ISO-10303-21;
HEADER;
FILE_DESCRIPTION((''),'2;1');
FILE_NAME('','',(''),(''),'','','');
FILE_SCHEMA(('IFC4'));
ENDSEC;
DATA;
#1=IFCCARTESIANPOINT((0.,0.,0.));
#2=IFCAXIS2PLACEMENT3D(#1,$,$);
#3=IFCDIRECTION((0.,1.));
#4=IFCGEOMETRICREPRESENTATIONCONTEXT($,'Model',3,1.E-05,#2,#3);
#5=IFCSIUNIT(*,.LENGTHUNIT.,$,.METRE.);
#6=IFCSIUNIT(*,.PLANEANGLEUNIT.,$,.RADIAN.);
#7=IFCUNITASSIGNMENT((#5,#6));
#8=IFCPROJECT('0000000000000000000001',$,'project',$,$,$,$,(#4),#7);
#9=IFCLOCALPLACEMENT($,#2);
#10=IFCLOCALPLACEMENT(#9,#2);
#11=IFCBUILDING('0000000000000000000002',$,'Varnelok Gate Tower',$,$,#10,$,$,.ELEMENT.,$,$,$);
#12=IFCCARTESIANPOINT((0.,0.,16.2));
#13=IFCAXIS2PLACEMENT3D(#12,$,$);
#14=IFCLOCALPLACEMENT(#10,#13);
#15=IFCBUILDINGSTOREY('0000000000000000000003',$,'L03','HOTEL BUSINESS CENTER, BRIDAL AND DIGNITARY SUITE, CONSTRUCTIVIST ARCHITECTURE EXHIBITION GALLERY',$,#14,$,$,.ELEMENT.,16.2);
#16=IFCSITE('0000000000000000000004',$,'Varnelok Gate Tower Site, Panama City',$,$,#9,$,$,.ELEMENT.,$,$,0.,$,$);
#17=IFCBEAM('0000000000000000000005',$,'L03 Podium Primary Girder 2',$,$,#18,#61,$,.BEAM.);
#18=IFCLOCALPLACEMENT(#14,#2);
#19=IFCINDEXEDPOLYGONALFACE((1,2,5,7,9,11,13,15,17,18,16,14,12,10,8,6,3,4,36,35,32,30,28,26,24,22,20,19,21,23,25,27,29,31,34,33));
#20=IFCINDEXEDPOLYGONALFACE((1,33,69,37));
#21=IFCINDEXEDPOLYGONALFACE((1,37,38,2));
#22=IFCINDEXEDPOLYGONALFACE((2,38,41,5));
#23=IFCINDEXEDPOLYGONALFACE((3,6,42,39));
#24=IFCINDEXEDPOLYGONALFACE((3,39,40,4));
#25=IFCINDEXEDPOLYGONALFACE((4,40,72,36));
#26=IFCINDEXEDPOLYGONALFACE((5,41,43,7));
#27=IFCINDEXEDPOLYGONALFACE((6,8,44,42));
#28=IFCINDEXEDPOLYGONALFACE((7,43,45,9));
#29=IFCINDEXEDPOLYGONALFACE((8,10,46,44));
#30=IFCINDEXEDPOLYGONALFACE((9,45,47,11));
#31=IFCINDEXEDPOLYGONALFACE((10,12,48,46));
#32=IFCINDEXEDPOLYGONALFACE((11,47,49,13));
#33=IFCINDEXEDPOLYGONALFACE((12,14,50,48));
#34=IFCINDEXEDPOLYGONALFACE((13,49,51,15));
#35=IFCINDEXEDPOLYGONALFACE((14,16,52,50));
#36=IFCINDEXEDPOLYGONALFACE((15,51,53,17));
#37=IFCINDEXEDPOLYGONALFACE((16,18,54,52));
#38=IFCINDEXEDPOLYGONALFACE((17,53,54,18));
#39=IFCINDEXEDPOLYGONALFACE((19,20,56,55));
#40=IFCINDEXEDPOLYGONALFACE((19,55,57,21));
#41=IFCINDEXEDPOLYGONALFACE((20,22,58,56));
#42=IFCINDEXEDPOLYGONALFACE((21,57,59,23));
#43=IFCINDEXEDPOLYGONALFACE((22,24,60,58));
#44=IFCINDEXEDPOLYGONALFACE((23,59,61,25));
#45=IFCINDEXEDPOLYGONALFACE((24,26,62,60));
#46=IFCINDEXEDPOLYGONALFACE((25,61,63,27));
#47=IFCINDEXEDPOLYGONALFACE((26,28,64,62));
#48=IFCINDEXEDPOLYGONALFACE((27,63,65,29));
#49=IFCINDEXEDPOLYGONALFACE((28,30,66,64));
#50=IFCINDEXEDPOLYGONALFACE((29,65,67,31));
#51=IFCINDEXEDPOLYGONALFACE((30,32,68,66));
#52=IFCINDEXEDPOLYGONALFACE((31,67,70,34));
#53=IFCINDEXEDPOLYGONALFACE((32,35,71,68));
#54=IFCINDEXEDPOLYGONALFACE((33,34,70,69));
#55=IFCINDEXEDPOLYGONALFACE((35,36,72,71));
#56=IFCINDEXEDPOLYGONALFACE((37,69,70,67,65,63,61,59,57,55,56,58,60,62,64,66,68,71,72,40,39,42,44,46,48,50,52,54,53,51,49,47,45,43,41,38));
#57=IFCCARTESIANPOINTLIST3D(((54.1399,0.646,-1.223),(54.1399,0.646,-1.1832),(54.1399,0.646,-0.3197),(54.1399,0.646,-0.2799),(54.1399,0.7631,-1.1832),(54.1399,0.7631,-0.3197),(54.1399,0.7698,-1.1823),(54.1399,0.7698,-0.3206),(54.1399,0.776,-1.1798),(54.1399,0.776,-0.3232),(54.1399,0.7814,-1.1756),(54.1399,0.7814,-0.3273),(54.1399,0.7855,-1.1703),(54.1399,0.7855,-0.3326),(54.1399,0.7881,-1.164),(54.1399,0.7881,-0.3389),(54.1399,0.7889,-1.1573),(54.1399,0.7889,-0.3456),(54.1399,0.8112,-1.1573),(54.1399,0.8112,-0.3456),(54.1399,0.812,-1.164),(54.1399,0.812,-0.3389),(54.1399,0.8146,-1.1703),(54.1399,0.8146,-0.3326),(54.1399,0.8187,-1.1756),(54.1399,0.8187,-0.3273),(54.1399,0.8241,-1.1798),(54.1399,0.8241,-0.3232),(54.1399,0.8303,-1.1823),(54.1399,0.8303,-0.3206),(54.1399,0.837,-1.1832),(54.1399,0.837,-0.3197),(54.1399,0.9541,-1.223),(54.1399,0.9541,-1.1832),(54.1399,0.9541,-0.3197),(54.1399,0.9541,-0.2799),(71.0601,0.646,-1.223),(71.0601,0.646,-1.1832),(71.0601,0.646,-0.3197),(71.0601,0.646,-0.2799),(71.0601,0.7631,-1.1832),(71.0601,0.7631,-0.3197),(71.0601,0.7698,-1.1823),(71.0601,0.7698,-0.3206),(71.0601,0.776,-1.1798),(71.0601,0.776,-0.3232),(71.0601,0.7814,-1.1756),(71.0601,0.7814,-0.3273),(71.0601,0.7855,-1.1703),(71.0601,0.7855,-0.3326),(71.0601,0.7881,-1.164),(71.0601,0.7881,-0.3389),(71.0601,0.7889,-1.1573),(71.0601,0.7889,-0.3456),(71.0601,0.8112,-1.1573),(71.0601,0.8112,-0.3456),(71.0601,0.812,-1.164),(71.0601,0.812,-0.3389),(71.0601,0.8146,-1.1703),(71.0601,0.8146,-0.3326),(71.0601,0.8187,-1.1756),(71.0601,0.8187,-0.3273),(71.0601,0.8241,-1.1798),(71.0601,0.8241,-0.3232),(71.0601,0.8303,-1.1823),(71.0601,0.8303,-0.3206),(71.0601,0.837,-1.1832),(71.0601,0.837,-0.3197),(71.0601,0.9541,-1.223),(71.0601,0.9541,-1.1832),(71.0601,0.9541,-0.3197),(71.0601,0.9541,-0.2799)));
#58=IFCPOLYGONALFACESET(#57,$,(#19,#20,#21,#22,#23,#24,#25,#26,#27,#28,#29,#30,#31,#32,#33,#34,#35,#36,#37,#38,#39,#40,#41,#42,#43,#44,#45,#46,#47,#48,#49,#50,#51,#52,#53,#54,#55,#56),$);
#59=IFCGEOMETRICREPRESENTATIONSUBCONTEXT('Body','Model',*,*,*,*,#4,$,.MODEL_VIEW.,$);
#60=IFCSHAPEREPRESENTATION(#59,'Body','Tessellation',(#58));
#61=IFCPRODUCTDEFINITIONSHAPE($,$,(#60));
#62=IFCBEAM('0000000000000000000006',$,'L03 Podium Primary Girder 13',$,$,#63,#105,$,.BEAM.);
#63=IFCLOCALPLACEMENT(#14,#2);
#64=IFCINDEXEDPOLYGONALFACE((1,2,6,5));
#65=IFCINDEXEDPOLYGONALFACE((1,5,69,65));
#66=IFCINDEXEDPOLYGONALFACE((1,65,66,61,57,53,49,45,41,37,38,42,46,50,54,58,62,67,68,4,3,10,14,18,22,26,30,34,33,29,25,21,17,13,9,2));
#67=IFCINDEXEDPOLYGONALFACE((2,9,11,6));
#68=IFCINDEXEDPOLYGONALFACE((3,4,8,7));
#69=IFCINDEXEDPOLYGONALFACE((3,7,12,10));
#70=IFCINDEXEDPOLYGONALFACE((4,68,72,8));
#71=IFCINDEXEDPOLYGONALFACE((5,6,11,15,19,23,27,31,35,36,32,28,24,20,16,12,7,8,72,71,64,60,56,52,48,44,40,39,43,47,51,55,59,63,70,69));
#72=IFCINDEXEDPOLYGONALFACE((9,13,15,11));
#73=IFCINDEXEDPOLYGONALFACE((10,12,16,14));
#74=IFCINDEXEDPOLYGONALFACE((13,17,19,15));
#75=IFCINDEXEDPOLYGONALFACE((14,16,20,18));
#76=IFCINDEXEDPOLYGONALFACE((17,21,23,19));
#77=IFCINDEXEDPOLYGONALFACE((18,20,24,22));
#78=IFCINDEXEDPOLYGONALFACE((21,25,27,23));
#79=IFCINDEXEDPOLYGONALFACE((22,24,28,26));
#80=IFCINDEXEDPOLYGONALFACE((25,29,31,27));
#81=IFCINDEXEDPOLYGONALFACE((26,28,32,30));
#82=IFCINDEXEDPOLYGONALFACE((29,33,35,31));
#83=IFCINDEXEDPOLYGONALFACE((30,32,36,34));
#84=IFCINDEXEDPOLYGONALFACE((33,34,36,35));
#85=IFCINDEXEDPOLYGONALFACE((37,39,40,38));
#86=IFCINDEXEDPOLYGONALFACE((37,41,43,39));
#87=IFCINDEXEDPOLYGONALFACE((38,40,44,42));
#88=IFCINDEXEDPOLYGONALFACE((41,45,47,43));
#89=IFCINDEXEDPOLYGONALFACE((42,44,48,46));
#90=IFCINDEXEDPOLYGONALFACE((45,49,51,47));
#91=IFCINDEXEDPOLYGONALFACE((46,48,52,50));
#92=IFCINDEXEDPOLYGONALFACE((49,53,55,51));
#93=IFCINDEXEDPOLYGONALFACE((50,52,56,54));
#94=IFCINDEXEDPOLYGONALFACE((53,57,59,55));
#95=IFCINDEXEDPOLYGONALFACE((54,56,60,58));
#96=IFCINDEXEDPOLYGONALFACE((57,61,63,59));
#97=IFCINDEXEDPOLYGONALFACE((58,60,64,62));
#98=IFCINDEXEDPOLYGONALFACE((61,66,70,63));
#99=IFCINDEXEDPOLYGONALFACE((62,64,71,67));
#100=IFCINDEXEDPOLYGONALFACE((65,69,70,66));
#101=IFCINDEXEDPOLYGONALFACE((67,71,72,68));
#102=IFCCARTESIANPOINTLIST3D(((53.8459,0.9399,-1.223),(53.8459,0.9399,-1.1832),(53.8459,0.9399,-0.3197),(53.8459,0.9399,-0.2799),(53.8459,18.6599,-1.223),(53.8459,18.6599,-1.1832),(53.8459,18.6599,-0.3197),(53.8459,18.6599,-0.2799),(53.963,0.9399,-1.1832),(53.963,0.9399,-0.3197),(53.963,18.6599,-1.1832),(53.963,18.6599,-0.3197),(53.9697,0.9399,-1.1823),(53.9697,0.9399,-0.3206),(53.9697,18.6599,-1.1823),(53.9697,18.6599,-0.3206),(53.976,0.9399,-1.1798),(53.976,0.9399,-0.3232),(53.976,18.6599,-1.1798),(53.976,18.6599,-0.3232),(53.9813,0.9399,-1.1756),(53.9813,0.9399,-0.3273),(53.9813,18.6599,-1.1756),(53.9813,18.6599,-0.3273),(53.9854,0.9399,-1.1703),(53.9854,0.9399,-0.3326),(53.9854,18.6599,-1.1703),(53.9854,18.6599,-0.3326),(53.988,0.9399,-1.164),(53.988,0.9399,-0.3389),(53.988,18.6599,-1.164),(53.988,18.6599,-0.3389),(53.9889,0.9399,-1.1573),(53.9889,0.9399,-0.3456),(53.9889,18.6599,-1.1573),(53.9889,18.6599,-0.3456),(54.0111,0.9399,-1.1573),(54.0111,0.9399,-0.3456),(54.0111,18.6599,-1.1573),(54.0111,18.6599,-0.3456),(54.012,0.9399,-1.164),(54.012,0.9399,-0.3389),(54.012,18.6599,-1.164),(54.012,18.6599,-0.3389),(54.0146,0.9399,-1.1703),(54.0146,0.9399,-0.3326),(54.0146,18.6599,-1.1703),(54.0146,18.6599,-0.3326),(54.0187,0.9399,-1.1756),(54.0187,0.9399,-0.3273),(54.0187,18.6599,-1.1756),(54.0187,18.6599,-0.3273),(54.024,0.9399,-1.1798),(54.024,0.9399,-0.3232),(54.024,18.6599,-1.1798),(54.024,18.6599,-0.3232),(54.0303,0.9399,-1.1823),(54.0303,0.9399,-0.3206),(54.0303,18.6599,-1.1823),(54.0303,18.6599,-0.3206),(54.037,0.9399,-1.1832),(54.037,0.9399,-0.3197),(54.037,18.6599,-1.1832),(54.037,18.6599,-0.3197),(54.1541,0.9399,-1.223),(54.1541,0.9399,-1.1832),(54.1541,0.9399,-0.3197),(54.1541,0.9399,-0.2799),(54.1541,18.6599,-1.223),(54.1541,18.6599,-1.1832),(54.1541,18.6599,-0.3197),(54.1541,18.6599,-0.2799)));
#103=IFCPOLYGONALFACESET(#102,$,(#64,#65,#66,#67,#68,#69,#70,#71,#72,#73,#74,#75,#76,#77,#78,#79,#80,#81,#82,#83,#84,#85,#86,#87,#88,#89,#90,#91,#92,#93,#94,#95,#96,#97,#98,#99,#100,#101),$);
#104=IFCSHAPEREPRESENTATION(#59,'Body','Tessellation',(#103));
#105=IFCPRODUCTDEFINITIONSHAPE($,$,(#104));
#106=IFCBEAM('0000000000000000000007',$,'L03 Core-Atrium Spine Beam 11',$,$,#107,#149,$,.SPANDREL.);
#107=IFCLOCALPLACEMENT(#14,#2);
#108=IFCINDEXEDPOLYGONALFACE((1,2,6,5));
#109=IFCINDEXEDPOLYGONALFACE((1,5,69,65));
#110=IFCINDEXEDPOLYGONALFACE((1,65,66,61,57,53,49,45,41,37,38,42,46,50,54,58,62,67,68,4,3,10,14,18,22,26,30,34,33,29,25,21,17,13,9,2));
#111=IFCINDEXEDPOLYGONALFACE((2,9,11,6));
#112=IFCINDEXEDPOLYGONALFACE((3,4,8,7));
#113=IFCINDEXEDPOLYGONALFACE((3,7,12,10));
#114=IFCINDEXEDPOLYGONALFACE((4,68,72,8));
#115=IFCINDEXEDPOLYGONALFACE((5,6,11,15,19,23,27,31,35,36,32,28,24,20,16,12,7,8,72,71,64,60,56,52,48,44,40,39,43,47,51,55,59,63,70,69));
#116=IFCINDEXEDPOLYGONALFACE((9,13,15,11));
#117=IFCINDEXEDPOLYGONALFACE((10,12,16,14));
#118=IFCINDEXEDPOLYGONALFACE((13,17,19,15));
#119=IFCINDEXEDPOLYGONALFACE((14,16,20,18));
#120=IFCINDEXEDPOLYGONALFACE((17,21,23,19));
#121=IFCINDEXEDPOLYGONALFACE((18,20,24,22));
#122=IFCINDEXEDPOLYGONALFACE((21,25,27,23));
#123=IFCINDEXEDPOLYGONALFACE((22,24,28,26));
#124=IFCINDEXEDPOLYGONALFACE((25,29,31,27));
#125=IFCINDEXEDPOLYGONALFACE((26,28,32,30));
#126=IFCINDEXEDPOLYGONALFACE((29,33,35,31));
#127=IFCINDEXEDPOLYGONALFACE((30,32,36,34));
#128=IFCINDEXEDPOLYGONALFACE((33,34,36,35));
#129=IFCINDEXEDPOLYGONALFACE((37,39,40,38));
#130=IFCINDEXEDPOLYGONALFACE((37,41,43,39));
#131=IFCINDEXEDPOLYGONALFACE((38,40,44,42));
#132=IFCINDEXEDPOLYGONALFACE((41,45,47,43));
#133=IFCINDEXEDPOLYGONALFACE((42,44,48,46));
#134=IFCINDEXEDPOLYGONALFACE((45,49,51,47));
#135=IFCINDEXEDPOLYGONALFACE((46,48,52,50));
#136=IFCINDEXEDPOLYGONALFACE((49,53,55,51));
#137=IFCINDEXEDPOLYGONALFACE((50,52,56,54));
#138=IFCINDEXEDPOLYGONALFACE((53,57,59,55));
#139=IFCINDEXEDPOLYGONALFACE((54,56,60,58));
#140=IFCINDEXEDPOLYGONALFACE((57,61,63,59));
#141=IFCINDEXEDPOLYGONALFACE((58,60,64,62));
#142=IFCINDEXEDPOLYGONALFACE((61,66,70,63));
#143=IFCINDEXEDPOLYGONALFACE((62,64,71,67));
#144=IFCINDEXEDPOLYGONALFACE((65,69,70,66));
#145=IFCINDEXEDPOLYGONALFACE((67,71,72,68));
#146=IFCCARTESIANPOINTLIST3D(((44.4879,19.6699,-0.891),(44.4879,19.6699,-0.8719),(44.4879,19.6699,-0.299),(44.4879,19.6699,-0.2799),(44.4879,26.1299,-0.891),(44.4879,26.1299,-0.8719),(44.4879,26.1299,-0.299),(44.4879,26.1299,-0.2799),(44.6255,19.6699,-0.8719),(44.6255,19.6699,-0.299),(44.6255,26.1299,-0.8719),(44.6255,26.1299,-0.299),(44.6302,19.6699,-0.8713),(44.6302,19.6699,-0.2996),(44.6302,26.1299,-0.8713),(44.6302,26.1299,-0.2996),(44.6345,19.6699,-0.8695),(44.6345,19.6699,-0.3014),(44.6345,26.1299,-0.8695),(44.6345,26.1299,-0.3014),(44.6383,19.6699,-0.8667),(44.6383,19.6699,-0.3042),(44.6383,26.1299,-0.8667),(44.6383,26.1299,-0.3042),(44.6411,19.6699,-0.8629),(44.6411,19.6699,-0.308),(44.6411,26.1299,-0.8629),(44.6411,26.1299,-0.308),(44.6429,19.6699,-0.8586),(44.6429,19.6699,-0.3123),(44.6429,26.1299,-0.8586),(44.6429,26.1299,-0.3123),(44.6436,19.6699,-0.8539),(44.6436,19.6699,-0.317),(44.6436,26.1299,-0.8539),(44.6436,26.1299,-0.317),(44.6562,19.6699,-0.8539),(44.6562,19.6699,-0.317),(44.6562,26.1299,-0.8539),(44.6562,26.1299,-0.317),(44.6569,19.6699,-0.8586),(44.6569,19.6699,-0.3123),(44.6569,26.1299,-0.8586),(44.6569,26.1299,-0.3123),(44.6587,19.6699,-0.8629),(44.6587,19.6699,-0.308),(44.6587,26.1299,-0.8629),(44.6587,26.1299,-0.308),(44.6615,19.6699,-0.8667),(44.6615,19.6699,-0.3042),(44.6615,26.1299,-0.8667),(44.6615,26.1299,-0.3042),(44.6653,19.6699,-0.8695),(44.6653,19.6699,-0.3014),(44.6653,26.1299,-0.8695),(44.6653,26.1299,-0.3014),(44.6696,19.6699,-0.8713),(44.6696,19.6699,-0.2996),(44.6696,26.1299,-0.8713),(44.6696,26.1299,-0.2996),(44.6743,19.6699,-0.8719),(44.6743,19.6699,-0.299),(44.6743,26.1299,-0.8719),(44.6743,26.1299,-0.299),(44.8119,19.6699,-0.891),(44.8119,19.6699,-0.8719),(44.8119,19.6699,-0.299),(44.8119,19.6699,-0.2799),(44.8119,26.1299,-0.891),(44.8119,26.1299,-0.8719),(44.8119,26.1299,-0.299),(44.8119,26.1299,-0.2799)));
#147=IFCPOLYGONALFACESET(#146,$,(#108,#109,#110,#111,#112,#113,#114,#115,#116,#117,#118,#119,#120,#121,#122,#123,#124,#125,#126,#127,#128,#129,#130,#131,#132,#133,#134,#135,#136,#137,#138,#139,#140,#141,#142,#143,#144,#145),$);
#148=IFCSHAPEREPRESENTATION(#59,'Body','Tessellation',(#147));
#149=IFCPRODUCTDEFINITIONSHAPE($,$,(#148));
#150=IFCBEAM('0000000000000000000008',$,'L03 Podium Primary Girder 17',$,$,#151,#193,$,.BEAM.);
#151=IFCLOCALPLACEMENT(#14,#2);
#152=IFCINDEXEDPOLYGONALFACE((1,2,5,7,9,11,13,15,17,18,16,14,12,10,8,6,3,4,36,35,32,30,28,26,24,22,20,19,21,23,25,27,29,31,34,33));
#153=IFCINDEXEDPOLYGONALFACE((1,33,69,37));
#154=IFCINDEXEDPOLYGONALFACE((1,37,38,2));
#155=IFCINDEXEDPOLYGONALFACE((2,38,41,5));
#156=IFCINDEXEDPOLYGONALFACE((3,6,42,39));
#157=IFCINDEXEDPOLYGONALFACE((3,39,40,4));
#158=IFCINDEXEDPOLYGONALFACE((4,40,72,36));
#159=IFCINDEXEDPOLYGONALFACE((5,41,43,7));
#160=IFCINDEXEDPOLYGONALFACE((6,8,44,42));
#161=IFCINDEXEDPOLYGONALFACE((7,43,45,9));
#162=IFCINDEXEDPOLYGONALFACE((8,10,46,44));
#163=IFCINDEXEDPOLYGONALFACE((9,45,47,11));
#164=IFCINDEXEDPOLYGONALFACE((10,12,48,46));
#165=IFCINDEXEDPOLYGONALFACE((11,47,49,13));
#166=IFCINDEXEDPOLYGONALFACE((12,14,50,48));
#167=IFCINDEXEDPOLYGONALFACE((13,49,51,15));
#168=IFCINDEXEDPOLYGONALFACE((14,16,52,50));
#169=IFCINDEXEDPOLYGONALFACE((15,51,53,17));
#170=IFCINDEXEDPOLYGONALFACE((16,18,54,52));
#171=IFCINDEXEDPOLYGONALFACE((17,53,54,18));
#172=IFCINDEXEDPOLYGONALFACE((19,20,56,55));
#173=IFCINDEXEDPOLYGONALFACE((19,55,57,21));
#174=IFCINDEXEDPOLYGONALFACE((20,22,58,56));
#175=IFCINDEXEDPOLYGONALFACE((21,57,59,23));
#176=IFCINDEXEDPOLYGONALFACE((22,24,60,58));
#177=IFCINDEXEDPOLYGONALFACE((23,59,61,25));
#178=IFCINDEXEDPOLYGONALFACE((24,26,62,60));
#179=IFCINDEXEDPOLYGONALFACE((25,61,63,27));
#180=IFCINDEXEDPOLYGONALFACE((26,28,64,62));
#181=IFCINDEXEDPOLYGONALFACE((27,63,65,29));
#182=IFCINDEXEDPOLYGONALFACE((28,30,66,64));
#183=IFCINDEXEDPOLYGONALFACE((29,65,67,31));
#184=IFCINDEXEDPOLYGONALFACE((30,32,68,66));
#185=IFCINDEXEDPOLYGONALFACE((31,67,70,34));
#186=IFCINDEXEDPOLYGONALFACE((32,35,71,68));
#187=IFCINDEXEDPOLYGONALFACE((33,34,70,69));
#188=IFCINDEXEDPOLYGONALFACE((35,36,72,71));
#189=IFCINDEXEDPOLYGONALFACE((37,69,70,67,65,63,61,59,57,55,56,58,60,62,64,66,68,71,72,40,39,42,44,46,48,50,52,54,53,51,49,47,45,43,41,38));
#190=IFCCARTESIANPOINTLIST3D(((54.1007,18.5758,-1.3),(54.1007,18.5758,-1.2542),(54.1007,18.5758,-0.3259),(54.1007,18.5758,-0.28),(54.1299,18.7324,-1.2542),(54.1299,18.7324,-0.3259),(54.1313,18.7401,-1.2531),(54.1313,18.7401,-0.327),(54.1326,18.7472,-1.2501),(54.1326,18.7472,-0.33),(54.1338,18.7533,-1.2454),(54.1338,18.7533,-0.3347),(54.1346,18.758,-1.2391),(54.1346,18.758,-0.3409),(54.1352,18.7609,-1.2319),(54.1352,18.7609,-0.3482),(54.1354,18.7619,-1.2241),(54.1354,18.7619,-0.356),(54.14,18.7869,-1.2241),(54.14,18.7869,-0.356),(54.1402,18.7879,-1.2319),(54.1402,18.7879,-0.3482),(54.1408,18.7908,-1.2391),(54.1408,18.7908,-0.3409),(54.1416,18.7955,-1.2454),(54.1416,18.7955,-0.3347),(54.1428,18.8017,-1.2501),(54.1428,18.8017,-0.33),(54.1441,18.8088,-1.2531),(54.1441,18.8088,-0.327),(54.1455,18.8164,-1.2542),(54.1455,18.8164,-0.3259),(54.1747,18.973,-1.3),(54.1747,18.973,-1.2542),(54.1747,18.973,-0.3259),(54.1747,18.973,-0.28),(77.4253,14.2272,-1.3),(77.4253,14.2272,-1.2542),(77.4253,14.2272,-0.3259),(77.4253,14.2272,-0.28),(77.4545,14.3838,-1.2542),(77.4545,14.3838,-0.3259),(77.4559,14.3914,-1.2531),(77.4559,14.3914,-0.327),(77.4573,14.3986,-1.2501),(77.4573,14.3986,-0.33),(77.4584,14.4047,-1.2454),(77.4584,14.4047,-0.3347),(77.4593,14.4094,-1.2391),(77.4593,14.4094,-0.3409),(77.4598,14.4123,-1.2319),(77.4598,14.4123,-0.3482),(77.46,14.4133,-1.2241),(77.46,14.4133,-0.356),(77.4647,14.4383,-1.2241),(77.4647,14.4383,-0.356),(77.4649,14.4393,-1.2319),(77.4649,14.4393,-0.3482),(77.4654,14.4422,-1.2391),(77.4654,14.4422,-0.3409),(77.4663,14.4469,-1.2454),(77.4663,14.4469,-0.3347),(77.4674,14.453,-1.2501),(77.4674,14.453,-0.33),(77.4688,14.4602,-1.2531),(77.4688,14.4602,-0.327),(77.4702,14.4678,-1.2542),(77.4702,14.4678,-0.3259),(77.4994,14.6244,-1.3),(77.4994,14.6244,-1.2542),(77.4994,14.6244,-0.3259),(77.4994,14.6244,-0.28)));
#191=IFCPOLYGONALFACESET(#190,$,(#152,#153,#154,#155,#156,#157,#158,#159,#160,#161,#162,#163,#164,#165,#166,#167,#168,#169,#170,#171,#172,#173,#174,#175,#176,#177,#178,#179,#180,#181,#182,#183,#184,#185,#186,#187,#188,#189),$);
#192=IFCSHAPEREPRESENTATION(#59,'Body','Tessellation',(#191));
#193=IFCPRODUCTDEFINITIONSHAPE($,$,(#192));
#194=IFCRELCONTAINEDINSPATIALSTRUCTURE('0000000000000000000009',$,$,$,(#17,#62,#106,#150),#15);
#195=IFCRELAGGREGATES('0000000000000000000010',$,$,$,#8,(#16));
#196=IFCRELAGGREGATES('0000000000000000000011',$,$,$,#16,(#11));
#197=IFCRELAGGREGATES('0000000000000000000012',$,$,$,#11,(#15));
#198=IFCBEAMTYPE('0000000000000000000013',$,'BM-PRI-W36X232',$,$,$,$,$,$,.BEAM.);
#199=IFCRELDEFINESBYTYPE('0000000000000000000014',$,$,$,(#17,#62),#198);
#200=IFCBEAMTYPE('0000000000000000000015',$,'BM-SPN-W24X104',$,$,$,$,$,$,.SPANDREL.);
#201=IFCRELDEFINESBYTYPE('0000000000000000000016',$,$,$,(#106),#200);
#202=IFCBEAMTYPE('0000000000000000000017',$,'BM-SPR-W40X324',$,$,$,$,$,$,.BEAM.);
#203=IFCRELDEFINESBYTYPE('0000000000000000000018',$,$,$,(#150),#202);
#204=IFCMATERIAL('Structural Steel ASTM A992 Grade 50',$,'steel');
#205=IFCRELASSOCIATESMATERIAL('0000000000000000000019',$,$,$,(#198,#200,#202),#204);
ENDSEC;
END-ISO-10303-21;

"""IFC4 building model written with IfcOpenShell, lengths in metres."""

from ifc_helpers import new_model, si_unit, direction, frame, origin, origin_2d, place, context, subcontext, project, spatial, i_section, extrude, material, material_profile, profile_set, type_object, element, save


model = new_model("IFC4")

# Units and contexts
model_context = context("Model", 3, precision=1e-05, world=origin(), true_north=direction((0.0, 1.0)))
body_context = subcontext(model_context, "Body", "Model", "MODEL_VIEW")
ifc_project = project(units=[si_unit("LENGTHUNIT", "METRE"), si_unit("PLANEANGLEUNIT", "RADIAN")], contexts=[model_context])

# Site, building, storey
site_placement = place(None, origin())
site = spatial("IfcSite", under=ifc_project, at=site_placement, Name="Varnelok Gate Tower Site, Panama City", CompositionType="ELEMENT", RefElevation=0.0)
building_placement = place(site_placement, origin())
building = spatial("IfcBuilding", under=site, at=building_placement, Name="Varnelok Gate Tower", CompositionType="ELEMENT")
storey_placement = place(building_placement, frame((0.0, 0.0, 16.2)))
storey = spatial("IfcBuildingStorey", under=building, at=storey_placement, Name="L03", Description="HOTEL BUSINESS CENTER, BRIDAL AND DIGNITARY SUITE, CONSTRUCTIVIST ARCHITECTURE EXHIBITION GALLERY", CompositionType="ELEMENT", Elevation=16.2)

# Shared definitions
ifc_material_1 = material(Name="Structural Steel ASTM A992 Grade 50", Category="steel")

# Beams
ifc_material_profile_1 = material_profile(ifc_material_1, i_section(OverallWidth=0.3081, OverallDepth=0.9431, WebThickness=0.0222, FlangeThickness=0.0398, FilletRadius=0.0259, at=origin_2d()), Name="W36X232")
ifc_profile_set_1 = profile_set([ifc_material_profile_1], Name="Structural Steel ASTM A992 Grade 50")
beam_type_1 = type_object("IfcBeamType", Name="BM-PRI-W36X232", PredefinedType="BEAM", material=ifc_profile_set_1)
beam_1_placement = place(storey_placement, frame((54.1399, 0.8, -0.7515), z_axis=(1.0, 0.0, 0.0), x_axis=(0.0, 1.0, 0.0)))
element("IfcBeam", 1, at=beam_1_placement, inside=storey, type_object=beam_type_1, Name="L03 Podium Primary Girder 2", PredefinedType="BEAM", context=body_context, shape_type="SweptSolid", body=[
    extrude(i_section(OverallWidth=0.3081, OverallDepth=0.9431, WebThickness=0.0222, FlangeThickness=0.0398, FilletRadius=0.0259, at=origin_2d()), origin(), (0.0, 0.0, 1.0), 16.9202),
])
beam_2_placement = place(storey_placement, frame((54.0, 0.9399, -0.7515), z_axis=(0.0, 1.0, 0.0), x_axis=(-1.0, 0.0, 0.0)))
element("IfcBeam", 2, at=beam_2_placement, inside=storey, type_object=beam_type_1, Name="L03 Podium Primary Girder 13", PredefinedType="BEAM", context=body_context, shape_type="SweptSolid", body=[
    extrude(i_section(OverallWidth=0.3081, OverallDepth=0.9431, WebThickness=0.0222, FlangeThickness=0.0398, FilletRadius=0.0259, at=origin_2d()), origin(), (0.0, 0.0, 1.0), 17.72),
])
ifc_material_profile_2 = material_profile(ifc_material_1, i_section(OverallWidth=0.324, OverallDepth=0.6111, WebThickness=0.0127, FlangeThickness=0.019, FilletRadius=0.0181, at=origin_2d()), Name="W24X104")
ifc_profile_set_2 = profile_set([ifc_material_profile_2], Name="Structural Steel ASTM A992 Grade 50")
beam_type_2 = type_object("IfcBeamType", Name="BM-SPN-W24X104", PredefinedType="SPANDREL", material=ifc_profile_set_2)
beam_3_placement = place(storey_placement, frame((44.6499, 19.6699, -0.5854), z_axis=(0.0, 1.0, 0.0), x_axis=(-1.0, 0.0, 0.0)))
element("IfcBeam", 3, at=beam_3_placement, inside=storey, type_object=beam_type_2, Name="L03 Core-Atrium Spine Beam 11", PredefinedType="SPANDREL", context=body_context, shape_type="SweptSolid", body=[
    extrude(i_section(OverallWidth=0.324, OverallDepth=0.6111, WebThickness=0.0127, FlangeThickness=0.019, FilletRadius=0.0181, at=origin_2d()), origin(), (0.0, 0.0, 1.0), 6.46),
])
ifc_material_profile_3 = material_profile(ifc_material_1, i_section(OverallWidth=0.4041, OverallDepth=1.02, WebThickness=0.0254, FlangeThickness=0.0459, FilletRadius=0.03, at=origin_2d()), Name="W40X324")
ifc_profile_set_3 = profile_set([ifc_material_profile_3], Name="Structural Steel ASTM A992 Grade 50")
beam_type_3 = type_object("IfcBeamType", Name="BM-SPR-W40X324", PredefinedType="BEAM", material=ifc_profile_set_3)
beam_4_placement = place(storey_placement, frame((54.1377, 18.7744, -0.79), z_axis=(0.983061, -0.183281, 0.0), x_axis=(0.183281, 0.983061, 0.0)))
element("IfcBeam", 4, at=beam_4_placement, inside=storey, type_object=beam_type_3, Name="L03 Podium Primary Girder 17", PredefinedType="BEAM", context=body_context, shape_type="SweptSolid", body=[
    extrude(i_section(OverallWidth=0.4041, OverallDepth=1.02, WebThickness=0.0254, FlangeThickness=0.0459, FilletRadius=0.03, at=origin_2d()), origin(), (0.0, 0.0, 1.0), 23.7266),
])

save(model, "model.ifc")
